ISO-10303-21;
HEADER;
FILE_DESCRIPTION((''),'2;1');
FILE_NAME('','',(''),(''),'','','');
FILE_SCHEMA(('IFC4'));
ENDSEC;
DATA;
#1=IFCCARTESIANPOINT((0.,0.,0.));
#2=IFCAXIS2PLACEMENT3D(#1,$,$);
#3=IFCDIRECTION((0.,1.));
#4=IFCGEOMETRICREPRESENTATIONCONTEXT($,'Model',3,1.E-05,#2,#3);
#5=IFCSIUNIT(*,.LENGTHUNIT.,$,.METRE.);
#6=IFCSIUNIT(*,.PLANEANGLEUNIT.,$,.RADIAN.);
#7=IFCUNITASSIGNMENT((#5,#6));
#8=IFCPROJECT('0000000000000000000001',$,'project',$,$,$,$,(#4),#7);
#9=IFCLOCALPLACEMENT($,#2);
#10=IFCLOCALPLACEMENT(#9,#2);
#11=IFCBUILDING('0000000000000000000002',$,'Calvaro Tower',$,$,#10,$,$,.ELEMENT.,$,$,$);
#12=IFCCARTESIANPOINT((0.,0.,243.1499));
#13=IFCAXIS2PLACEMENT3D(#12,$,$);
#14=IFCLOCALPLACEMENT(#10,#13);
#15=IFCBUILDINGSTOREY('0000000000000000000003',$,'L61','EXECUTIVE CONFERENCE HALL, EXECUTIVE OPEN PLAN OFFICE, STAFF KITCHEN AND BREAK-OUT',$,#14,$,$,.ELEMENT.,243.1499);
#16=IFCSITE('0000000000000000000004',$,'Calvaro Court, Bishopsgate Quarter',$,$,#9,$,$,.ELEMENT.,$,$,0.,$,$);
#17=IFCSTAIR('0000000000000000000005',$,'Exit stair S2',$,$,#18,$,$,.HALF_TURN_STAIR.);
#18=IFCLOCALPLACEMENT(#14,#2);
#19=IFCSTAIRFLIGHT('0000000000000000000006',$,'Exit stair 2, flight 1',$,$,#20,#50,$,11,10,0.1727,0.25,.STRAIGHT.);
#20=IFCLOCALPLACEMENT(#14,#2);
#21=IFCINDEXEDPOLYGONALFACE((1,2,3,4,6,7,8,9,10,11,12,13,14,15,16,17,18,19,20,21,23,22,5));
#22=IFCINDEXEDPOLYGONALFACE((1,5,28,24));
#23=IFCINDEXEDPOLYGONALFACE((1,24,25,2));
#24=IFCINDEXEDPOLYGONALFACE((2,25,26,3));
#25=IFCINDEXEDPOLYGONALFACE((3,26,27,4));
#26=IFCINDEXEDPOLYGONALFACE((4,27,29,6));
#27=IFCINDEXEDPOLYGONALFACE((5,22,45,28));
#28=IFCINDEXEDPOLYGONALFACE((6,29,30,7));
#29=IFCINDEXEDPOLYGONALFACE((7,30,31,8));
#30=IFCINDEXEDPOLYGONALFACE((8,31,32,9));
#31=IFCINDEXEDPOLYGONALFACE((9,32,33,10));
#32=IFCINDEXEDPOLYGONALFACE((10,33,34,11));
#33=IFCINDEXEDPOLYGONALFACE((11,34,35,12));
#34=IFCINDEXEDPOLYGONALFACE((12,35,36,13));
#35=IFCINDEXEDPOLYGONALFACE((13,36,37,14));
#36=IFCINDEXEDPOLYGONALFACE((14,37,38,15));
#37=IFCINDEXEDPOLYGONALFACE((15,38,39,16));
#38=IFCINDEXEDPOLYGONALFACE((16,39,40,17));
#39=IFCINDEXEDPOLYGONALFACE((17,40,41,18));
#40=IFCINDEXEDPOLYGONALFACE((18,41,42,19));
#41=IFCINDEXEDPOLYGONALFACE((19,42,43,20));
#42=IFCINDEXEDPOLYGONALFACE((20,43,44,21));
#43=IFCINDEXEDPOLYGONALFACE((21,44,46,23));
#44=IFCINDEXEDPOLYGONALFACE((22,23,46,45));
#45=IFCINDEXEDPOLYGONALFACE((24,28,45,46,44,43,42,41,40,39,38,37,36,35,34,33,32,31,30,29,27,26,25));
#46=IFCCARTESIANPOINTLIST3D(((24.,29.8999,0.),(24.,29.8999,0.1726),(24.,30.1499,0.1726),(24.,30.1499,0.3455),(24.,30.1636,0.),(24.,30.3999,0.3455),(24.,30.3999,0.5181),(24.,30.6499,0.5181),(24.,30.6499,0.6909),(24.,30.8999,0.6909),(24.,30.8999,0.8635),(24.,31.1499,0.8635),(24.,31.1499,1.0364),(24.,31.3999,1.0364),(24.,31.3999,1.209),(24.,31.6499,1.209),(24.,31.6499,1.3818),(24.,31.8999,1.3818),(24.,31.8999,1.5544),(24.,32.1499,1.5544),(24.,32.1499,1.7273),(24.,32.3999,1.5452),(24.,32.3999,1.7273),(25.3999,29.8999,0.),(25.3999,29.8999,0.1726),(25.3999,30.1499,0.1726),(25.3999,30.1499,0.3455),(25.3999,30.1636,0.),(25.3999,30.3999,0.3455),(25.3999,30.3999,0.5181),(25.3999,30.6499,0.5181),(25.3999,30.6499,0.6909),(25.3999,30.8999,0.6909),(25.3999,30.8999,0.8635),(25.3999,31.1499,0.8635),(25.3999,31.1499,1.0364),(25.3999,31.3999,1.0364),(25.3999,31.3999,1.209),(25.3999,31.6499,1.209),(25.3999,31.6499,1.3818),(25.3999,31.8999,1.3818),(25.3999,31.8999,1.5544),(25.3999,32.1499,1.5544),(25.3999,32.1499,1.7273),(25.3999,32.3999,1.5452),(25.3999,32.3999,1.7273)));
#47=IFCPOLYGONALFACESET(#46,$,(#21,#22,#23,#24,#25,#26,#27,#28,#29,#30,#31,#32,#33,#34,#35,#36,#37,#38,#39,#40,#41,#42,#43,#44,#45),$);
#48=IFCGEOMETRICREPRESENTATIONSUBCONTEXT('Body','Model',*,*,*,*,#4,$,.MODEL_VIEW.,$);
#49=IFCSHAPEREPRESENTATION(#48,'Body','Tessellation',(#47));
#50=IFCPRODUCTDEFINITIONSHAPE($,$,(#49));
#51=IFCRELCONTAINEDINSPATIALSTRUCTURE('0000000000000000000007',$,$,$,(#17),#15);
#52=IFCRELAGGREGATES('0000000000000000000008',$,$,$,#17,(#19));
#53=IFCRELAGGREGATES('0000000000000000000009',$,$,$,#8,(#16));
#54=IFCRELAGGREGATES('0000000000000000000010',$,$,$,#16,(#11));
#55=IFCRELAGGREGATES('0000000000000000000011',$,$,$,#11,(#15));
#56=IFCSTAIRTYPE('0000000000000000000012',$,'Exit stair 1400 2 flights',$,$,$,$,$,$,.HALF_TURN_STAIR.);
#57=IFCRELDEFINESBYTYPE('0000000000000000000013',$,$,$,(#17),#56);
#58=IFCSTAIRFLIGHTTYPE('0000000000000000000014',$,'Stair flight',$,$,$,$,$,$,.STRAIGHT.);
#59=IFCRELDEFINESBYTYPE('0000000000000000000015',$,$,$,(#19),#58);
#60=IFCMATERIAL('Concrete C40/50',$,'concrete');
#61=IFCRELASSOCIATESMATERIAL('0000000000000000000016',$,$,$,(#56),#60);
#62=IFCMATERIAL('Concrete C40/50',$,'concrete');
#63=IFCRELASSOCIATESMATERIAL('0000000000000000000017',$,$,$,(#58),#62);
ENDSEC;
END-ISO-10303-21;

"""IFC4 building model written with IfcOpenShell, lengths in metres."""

from ifc_helpers import new_model, si_unit, direction, frame, origin, place, context, subcontext, project, spatial, polyline, outline, extrude, material, type_object, element, aggregate, save


model = new_model("IFC4")

# Units and contexts
model_context = context("Model", 3, precision=1e-05, world=origin(), true_north=direction((0.0, 1.0)))
body_context = subcontext(model_context, "Body", "Model", "MODEL_VIEW")
ifc_project = project(units=[si_unit("LENGTHUNIT", "METRE"), si_unit("PLANEANGLEUNIT", "RADIAN")], contexts=[model_context])

# Site, building, storey
site_placement = place(None, origin())
site = spatial("IfcSite", under=ifc_project, at=site_placement, Name="Calvaro Court, Bishopsgate Quarter", CompositionType="ELEMENT", RefElevation=0.0)
building_placement = place(site_placement, origin())
building = spatial("IfcBuilding", under=site, at=building_placement, Name="Calvaro Tower", CompositionType="ELEMENT")
storey_placement = place(building_placement, frame((0.0, 0.0, 243.1499)))
storey = spatial("IfcBuildingStorey", under=building, at=storey_placement, Name="L61", Description="EXECUTIVE CONFERENCE HALL, EXECUTIVE OPEN PLAN OFFICE, STAFF KITCHEN AND BREAK-OUT", CompositionType="ELEMENT", Elevation=243.1499)

# Stair, stair flight
ifc_material_1 = material(Name="Concrete C40/50", Category="concrete")
stair_type = type_object("IfcStairType", Name="Exit stair 1400 2 flights", PredefinedType="HALF_TURN_STAIR", material=ifc_material_1)
stair_placement = place(storey_placement, origin())
stair = element("IfcStair", 1, at=stair_placement, inside=storey, type_object=stair_type, Name="Exit stair S2", PredefinedType="HALF_TURN_STAIR")
ifc_material_2 = material(Name="Concrete C40/50", Category="concrete")
stair_flight_type = type_object("IfcStairFlightType", Name="Stair flight", PredefinedType="STRAIGHT", material=ifc_material_2)
stair_flight_placement = place(storey_placement, frame((24.7, 29.8999, 0.0), z_axis=(0.0, 0.0, 1.0), x_axis=(0.0, 1.0, 0.0)))
stair_flight = element("IfcStairFlight", 2, at=stair_flight_placement, type_object=stair_flight_type, Name="Exit stair 2, flight 1", NumberOfRisers=11, NumberOfTreads=10, PredefinedType="STRAIGHT", RiserHeight=0.1727, TreadLength=0.25, context=body_context, shape_type="SweptSolid", body=[
    extrude(outline(polyline([(0.0, 0.0), (0.0, 0.1726), (0.25, 0.1726), (0.25, 0.3455), (0.5, 0.3455), (0.5, 0.5181), (0.75, 0.5181), (0.75, 0.6909), (1.0, 0.6909), (1.0, 0.8635), (1.25, 0.8635), (1.25, 1.0364), (1.5, 1.0364), (1.5, 1.209), (1.75, 1.209), (1.75, 1.3818), (2.0, 1.3818), (2.0, 1.5544), (2.25, 1.5544), (2.25, 1.7273), (2.5, 1.7273), (2.5, 1.8999), (2.5, 1.5452), (0.2637, 0.0), (0.0, 0.0)])), frame((0.0, 0.7, 0.0), z_axis=(0.0, -1.0, 0.0), x_axis=(1.0, 0.0, 0.0)), (0.0, 0.0, 1.0), 1.3999),
])
aggregate(stair, [stair_flight])

save(model, "model.ifc")
